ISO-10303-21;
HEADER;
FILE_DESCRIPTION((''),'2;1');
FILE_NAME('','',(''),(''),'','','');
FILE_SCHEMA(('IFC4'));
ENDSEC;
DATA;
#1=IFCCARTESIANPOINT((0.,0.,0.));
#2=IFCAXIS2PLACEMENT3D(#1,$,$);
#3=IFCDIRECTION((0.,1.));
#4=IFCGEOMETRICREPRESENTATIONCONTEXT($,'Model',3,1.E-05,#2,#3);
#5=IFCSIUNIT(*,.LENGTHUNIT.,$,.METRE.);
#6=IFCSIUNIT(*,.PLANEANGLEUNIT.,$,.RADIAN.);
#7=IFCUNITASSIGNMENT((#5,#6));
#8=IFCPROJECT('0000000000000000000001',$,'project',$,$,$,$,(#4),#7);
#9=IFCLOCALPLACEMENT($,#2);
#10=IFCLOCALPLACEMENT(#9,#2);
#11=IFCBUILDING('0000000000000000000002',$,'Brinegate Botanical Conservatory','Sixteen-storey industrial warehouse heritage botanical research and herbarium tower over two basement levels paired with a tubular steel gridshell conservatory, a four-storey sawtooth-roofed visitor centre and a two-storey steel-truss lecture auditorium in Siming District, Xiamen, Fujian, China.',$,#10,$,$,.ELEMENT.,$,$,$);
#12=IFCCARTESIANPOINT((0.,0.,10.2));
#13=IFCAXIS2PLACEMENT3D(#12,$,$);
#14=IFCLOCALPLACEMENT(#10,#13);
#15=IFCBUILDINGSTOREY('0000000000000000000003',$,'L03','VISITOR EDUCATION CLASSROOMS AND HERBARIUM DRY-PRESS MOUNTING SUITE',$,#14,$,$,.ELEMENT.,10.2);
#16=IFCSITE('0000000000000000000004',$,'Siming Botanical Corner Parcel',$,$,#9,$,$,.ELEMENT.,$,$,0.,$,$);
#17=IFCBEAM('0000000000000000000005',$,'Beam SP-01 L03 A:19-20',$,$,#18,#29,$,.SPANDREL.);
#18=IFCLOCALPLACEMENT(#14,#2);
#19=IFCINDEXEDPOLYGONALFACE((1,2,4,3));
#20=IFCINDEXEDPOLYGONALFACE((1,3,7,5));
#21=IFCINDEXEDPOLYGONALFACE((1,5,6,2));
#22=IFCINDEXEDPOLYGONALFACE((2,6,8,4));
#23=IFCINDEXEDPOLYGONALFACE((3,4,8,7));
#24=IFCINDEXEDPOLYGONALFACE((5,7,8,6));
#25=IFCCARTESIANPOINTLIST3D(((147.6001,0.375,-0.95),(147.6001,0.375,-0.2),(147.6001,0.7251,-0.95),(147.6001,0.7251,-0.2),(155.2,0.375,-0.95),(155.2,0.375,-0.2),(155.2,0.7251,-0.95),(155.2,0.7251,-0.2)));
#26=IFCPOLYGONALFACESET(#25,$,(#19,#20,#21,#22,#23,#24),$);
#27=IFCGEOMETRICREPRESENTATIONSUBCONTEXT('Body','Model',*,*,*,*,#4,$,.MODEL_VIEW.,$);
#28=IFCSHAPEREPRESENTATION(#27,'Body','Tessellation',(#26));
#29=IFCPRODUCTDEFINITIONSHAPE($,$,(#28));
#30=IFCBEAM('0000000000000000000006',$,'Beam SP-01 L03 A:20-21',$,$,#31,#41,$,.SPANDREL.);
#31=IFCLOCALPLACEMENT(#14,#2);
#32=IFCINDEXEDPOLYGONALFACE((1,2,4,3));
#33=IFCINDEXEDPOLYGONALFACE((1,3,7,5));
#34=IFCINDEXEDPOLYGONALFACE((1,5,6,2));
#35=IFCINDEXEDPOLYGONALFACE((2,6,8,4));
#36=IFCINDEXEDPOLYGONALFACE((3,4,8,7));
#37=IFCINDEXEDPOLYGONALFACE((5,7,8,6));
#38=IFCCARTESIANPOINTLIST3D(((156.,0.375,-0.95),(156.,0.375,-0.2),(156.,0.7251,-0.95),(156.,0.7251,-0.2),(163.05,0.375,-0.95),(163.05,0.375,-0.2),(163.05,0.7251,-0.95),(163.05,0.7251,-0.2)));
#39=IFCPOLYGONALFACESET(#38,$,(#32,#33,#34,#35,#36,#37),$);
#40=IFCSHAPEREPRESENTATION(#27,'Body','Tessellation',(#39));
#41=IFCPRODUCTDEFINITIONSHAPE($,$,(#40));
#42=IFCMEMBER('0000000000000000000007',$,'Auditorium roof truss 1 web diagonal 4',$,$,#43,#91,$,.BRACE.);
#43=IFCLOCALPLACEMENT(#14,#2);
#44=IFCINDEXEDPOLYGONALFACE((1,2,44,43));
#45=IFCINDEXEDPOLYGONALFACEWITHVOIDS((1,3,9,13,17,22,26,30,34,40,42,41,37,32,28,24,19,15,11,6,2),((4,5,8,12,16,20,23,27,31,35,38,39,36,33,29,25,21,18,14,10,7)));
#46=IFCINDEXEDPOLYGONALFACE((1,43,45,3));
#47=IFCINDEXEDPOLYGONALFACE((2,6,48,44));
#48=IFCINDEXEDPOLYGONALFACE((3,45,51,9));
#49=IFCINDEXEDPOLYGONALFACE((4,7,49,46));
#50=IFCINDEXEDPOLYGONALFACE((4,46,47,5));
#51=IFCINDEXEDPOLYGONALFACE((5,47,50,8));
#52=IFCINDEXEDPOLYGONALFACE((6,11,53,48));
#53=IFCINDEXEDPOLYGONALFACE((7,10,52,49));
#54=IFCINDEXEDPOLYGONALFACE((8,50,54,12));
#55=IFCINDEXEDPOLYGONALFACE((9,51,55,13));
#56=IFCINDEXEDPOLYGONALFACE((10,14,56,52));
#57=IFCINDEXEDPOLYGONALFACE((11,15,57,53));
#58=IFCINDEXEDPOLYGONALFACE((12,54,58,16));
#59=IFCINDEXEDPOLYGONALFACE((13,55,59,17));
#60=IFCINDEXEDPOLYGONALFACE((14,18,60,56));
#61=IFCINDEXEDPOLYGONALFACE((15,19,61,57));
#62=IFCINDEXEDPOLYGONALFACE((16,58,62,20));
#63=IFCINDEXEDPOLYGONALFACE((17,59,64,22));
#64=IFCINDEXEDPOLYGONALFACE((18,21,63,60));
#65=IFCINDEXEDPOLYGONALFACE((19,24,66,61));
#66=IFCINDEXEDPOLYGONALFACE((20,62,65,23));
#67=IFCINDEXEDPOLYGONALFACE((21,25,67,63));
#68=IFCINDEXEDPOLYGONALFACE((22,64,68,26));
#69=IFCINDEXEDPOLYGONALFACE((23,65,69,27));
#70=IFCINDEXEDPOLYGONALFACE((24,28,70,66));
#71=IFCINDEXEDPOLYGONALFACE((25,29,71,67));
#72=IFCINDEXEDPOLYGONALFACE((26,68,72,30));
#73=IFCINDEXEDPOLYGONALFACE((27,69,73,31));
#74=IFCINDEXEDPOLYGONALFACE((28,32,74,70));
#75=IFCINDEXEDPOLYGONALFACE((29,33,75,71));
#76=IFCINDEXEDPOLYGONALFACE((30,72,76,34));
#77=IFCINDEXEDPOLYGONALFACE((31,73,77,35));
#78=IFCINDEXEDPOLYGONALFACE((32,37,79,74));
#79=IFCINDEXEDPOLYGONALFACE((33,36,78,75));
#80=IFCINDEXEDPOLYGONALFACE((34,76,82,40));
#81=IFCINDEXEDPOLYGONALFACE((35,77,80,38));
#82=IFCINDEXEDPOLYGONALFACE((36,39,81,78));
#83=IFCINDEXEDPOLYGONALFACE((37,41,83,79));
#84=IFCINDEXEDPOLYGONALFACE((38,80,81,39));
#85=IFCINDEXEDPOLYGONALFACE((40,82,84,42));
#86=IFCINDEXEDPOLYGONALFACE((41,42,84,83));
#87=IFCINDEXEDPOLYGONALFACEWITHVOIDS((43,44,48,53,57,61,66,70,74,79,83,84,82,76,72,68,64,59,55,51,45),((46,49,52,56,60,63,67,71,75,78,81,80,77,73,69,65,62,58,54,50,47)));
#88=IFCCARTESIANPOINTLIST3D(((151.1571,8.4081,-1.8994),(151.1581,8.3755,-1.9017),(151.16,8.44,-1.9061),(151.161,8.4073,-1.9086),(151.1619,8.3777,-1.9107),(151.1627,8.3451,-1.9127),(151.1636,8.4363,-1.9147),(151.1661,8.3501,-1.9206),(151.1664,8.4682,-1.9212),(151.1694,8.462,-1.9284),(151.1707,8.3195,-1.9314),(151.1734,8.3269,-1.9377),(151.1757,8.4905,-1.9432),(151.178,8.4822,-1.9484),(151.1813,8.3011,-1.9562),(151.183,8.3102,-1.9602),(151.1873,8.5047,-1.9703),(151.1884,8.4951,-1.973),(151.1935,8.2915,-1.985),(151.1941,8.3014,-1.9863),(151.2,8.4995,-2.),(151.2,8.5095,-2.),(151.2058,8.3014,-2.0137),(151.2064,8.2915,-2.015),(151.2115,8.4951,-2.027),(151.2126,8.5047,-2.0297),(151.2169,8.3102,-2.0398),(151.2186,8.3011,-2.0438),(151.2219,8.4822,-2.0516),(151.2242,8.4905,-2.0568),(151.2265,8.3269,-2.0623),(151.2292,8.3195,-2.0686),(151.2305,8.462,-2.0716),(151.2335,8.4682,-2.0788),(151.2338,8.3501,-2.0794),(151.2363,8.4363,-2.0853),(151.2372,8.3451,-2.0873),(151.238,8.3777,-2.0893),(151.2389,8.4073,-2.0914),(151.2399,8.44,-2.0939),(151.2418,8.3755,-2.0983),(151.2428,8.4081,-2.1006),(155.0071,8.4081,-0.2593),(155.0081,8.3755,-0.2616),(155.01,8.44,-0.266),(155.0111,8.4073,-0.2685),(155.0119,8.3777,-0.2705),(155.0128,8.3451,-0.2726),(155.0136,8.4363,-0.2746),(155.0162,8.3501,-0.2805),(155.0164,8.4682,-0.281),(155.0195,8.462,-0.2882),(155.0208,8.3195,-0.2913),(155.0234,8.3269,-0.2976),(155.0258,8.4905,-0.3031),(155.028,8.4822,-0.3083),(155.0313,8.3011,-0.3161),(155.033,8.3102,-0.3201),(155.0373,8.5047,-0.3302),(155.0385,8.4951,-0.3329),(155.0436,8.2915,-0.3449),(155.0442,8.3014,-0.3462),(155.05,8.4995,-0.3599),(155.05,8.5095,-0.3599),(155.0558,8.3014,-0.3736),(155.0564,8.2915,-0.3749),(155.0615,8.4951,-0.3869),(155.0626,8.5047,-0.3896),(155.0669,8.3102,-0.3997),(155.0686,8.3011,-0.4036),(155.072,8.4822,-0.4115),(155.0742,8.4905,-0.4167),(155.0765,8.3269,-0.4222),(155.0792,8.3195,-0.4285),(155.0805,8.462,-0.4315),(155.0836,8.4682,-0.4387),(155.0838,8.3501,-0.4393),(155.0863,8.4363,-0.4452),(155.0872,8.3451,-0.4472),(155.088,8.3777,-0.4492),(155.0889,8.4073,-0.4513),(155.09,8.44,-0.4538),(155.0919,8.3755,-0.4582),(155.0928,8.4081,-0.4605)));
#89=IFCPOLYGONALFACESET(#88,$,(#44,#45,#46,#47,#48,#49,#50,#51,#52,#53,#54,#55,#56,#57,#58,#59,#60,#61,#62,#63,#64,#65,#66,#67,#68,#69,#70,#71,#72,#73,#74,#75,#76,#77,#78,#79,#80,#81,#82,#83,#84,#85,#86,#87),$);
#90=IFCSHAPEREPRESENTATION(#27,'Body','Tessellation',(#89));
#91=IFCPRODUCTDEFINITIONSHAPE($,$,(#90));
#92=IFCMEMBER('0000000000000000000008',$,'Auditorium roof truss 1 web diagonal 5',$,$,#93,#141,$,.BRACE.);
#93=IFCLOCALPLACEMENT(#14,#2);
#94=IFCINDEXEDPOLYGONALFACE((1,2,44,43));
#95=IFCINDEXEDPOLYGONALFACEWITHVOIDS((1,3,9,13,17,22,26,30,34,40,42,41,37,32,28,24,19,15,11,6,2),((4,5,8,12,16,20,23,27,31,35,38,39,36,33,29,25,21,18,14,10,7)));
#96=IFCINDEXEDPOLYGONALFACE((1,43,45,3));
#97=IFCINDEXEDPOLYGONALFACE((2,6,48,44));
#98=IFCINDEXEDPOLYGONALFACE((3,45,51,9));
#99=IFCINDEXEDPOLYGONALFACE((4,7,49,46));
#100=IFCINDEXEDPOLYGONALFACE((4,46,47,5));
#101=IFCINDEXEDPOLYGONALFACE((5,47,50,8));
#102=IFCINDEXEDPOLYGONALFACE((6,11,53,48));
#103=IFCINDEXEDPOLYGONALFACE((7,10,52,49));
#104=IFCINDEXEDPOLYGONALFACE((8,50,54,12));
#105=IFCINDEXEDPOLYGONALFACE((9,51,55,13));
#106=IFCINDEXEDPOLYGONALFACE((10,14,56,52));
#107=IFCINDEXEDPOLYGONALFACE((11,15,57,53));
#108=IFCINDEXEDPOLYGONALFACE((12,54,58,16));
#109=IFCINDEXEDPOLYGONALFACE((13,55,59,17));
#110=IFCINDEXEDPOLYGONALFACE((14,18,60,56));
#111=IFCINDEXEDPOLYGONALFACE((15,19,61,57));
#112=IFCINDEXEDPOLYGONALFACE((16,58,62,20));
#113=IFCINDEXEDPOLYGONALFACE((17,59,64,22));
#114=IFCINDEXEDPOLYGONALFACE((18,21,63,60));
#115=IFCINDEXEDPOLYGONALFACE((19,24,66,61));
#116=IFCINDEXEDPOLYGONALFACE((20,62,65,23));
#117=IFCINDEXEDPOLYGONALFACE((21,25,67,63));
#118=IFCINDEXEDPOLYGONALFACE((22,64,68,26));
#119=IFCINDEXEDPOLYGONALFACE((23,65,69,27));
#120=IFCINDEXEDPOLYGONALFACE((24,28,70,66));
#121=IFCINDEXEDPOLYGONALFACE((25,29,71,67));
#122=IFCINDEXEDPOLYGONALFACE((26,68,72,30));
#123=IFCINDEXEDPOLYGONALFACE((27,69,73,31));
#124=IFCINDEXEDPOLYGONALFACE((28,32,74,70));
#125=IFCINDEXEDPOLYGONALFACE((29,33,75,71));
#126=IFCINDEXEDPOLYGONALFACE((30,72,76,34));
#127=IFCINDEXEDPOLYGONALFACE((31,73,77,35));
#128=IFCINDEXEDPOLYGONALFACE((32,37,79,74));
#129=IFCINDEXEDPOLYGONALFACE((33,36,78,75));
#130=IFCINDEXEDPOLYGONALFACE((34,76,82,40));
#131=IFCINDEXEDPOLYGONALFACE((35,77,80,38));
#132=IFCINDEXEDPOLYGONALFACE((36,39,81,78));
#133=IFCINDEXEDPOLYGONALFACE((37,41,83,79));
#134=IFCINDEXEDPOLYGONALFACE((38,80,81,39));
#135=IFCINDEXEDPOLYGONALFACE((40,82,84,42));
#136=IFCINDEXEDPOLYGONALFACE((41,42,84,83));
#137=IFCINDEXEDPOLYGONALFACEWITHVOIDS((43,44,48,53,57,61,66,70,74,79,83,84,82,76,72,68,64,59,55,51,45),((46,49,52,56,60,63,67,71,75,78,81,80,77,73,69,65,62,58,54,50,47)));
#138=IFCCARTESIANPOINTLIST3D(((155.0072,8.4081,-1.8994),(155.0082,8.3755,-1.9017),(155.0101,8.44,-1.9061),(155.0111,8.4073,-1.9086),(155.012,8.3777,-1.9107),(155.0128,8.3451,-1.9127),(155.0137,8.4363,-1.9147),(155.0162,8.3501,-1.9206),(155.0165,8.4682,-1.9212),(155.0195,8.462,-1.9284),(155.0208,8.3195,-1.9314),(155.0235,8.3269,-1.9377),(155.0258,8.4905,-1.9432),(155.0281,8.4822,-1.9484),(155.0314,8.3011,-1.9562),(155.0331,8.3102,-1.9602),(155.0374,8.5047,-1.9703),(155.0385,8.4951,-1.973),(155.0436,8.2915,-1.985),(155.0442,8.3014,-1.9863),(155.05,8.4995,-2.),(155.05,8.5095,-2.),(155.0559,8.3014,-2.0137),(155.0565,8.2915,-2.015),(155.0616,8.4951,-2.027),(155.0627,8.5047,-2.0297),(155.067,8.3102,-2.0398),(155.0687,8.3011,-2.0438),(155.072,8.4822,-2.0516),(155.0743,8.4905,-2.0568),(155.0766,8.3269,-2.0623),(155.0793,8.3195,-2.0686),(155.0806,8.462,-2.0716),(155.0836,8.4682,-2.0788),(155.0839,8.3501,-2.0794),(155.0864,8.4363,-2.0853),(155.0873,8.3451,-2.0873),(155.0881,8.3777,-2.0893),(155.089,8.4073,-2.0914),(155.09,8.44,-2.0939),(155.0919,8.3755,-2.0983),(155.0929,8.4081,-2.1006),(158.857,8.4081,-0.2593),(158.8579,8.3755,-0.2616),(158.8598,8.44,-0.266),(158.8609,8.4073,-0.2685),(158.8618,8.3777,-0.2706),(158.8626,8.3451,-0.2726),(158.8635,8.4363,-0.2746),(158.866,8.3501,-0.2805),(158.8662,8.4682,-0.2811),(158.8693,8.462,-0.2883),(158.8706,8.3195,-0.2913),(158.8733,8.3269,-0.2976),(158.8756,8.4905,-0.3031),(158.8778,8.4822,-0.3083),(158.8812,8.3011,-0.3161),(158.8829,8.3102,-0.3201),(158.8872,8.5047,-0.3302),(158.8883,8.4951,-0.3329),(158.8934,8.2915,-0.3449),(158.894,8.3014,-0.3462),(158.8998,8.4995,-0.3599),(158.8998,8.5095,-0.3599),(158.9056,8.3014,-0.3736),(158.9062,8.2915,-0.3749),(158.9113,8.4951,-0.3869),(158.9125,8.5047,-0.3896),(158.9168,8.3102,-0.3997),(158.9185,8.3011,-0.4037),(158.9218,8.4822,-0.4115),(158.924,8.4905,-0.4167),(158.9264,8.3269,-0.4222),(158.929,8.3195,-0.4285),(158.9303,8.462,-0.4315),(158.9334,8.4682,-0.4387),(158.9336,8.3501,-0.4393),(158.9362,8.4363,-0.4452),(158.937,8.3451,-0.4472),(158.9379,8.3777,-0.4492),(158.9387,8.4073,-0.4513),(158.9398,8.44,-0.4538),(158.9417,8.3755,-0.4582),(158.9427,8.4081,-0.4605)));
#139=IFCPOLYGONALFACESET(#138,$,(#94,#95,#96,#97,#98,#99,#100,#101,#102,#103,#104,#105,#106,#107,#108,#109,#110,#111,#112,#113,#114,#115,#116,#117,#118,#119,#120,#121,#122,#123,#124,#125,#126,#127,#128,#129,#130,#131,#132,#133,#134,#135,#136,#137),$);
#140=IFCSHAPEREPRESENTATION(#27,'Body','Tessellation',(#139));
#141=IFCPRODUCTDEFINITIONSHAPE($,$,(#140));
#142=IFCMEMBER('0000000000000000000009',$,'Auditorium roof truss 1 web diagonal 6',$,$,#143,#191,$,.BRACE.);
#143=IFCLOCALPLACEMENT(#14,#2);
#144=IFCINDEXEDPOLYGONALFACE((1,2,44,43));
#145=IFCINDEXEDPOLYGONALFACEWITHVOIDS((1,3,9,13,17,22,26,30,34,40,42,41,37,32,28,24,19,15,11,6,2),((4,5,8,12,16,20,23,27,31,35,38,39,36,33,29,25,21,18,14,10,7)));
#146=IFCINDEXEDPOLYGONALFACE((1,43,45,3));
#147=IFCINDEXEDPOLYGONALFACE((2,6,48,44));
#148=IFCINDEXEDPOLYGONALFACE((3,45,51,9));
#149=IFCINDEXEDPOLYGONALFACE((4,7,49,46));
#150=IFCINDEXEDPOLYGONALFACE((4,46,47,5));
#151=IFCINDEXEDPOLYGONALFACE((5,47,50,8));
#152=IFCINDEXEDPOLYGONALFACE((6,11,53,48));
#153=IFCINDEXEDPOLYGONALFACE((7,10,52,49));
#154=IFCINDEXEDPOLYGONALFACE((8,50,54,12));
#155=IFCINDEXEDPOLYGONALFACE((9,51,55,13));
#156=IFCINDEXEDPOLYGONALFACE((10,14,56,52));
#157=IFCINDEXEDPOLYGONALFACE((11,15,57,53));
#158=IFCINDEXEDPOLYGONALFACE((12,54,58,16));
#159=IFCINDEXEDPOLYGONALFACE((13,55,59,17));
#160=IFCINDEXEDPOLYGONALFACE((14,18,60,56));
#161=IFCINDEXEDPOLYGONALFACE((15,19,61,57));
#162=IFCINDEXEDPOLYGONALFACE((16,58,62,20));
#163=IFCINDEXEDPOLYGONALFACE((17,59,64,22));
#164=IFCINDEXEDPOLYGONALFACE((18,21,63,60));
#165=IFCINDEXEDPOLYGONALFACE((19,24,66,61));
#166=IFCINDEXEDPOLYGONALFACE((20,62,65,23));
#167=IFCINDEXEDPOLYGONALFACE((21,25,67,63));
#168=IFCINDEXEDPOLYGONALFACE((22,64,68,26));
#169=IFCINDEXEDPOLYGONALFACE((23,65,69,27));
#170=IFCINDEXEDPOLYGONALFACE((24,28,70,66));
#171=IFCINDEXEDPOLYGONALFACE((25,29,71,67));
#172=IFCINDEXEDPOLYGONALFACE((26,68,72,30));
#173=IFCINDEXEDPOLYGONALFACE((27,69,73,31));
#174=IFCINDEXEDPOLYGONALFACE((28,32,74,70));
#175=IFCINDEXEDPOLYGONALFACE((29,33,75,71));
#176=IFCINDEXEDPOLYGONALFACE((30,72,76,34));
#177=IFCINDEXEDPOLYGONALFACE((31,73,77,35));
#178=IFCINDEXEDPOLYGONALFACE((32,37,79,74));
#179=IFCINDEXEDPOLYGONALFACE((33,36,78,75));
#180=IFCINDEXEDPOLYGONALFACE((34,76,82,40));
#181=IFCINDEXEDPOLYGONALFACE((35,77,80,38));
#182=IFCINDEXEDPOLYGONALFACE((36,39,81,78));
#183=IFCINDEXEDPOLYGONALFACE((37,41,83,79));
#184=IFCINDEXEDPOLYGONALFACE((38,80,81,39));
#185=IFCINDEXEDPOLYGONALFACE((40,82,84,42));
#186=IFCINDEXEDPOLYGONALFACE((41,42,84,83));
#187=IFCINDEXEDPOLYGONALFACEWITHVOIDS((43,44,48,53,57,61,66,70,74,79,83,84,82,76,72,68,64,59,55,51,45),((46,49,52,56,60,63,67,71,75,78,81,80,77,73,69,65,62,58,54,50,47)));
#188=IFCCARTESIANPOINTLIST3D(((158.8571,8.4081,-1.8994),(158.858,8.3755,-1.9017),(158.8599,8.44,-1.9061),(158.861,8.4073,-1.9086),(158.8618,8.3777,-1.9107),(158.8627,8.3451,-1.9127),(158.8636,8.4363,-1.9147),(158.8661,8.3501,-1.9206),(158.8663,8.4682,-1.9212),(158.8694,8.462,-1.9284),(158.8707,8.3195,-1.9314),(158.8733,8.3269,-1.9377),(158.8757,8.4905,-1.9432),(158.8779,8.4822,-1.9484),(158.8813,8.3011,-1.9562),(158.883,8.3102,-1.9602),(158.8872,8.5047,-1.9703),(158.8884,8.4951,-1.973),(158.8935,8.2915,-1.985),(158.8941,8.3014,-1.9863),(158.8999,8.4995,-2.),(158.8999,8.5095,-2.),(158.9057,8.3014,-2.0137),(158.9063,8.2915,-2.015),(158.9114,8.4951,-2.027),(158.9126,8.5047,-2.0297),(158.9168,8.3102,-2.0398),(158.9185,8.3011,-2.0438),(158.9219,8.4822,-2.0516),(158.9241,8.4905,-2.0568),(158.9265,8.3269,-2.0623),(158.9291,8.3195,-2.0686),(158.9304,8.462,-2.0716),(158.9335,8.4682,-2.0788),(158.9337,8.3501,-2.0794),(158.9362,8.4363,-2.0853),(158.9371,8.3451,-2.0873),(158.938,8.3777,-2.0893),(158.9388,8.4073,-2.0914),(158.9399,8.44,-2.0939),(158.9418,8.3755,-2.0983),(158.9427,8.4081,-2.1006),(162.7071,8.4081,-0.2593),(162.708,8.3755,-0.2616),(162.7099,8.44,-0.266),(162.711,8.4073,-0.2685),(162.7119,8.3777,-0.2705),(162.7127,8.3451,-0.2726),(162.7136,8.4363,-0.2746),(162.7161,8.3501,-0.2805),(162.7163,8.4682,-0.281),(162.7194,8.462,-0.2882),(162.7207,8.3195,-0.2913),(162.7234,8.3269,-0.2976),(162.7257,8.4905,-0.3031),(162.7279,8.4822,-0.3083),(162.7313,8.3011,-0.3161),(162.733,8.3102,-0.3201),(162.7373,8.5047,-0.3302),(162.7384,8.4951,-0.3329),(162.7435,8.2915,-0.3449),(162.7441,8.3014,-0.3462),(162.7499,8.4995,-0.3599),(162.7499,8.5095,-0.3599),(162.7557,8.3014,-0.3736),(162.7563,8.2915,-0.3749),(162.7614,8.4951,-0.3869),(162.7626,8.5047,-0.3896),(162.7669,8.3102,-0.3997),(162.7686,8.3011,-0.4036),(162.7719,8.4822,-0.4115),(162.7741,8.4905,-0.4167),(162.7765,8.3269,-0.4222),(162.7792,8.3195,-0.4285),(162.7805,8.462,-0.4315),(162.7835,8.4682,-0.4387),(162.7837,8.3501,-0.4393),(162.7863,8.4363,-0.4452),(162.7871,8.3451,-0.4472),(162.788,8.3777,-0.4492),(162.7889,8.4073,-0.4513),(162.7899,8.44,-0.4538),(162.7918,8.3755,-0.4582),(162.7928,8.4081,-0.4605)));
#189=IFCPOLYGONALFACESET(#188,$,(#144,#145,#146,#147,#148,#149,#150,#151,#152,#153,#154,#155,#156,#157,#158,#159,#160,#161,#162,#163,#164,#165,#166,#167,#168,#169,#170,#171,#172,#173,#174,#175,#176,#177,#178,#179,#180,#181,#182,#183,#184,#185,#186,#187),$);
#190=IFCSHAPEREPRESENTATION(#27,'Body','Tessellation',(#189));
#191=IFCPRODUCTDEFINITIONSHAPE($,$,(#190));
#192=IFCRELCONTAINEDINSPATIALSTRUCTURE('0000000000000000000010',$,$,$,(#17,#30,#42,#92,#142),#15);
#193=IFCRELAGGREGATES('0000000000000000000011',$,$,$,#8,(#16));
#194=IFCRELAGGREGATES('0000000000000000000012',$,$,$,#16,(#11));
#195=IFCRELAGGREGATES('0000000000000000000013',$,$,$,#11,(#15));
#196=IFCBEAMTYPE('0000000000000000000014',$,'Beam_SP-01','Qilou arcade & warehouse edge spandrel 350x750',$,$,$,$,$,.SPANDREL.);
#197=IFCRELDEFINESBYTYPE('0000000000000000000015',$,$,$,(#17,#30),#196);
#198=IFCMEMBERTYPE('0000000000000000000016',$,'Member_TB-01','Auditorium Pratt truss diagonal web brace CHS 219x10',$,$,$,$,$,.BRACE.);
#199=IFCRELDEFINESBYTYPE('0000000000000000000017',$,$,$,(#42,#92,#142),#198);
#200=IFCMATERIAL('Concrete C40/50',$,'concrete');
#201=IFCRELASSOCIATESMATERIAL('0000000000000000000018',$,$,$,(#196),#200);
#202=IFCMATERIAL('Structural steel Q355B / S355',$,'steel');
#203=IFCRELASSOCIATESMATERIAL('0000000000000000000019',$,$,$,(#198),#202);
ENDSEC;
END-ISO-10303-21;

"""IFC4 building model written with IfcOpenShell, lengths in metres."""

from ifc_helpers import new_model, si_unit, direction, frame, origin, origin_2d, place, context, subcontext, project, spatial, rectangle, hollow_circle, extrude, material, material_profile, profile_set, type_object, element, save


model = new_model("IFC4")

# Units and contexts
model_context = context("Model", 3, precision=1e-05, world=origin(), true_north=direction((0.0, 1.0)))
body_context = subcontext(model_context, "Body", "Model", "MODEL_VIEW")
ifc_project = project(units=[si_unit("LENGTHUNIT", "METRE"), si_unit("PLANEANGLEUNIT", "RADIAN")], contexts=[model_context])

# Site, building, storey
site_placement = place(None, origin())
site = spatial("IfcSite", under=ifc_project, at=site_placement, Name="Siming Botanical Corner Parcel", CompositionType="ELEMENT", RefElevation=0.0)
building_placement = place(site_placement, origin())
building = spatial("IfcBuilding", under=site, at=building_placement, Name="Brinegate Botanical Conservatory", Description="Sixteen-storey industrial warehouse heritage botanical research and herbarium tower over two basement levels paired with a tubular steel gridshell conservatory, a four-storey sawtooth-roofed visitor centre and a two-storey steel-truss lecture auditorium in Siming District, Xiamen, Fujian, China.", CompositionType="ELEMENT")
storey_placement = place(building_placement, frame((0.0, 0.0, 10.2)))
storey = spatial("IfcBuildingStorey", under=building, at=storey_placement, Name="L03", Description="VISITOR EDUCATION CLASSROOMS AND HERBARIUM DRY-PRESS MOUNTING SUITE", CompositionType="ELEMENT", Elevation=10.2)

# Beams
ifc_material_1 = material(Name="Concrete C40/50", Category="concrete")
ifc_material_profile_1 = material_profile(ifc_material_1, rectangle(XDim=0.3501, YDim=0.75, at=origin_2d()), Name="RC SPN 350x750")
ifc_profile_set_1 = profile_set([ifc_material_profile_1], Name="Concrete C40/50")
beam_type = type_object("IfcBeamType", Name="Beam_SP-01", Description="Qilou arcade & warehouse edge spandrel 350x750", PredefinedType="SPANDREL", material=ifc_profile_set_1)
beam_1_placement = place(storey_placement, frame((147.6001, 0.55, -0.575), z_axis=(1.0, 0.0, 0.0), x_axis=(0.0, 1.0, 0.0)))
element("IfcBeam", 1, at=beam_1_placement, inside=storey, type_object=beam_type, Name="Beam SP-01 L03 A:19-20", PredefinedType="SPANDREL", context=body_context, shape_type="SweptSolid", body=[
    extrude(rectangle(XDim=0.3501, YDim=0.75, at=origin_2d()), origin(), (0.0, 0.0, 1.0), 7.5999),
])
beam_2_placement = place(storey_placement, frame((156.0, 0.55, -0.575), z_axis=(1.0, 0.0, 0.0), x_axis=(0.0, 1.0, 0.0)))
element("IfcBeam", 2, at=beam_2_placement, inside=storey, type_object=beam_type, Name="Beam SP-01 L03 A:20-21", PredefinedType="SPANDREL", context=body_context, shape_type="SweptSolid", body=[
    extrude(rectangle(XDim=0.3501, YDim=0.75, at=origin_2d()), origin(), (0.0, 0.0, 1.0), 7.05),
])

# Members
ifc_material_2 = material(Name="Structural steel Q355B / S355", Category="steel")
ifc_material_profile_2 = material_profile(ifc_material_2, hollow_circle(Radius=0.1096, WallThickness=0.01, at=origin_2d()), Name="CHS 219x10")
ifc_profile_set_2 = profile_set([ifc_material_profile_2], Name="Structural steel Q355B / S355")
member_type_1 = type_object("IfcMemberType", Name="Member_TB-01", Description="Auditorium Pratt truss diagonal web brace CHS 219x10", PredefinedType="BRACE", material=ifc_profile_set_2)
member_1_placement = place(storey_placement, frame((151.2, 8.3999, -2.0), z_axis=(0.92, 0.0, 0.391919), x_axis=(0.0, 1.0, 0.0)))
element("IfcMember", 3, at=member_1_placement, inside=storey, type_object=member_type_1, Name="Auditorium roof truss 1 web diagonal 4", PredefinedType="BRACE", context=body_context, shape_type="SweptSolid", body=[
    extrude(hollow_circle(Radius=0.1096, WallThickness=0.01, at=origin_2d()), origin(), (0.0, 0.0, 1.0), 4.1848),
])
member_2_placement = place(storey_placement, frame((155.05, 8.3999, -2.0), z_axis=(0.919991, 0.0, 0.39194), x_axis=(0.0, 1.0, 0.0)))
element("IfcMember", 4, at=member_2_placement, inside=storey, type_object=member_type_1, Name="Auditorium roof truss 1 web diagonal 5", PredefinedType="BRACE", context=body_context, shape_type="SweptSolid", body=[
    extrude(hollow_circle(Radius=0.1096, WallThickness=0.01, at=origin_2d()), origin(), (0.0, 0.0, 1.0), 4.1846),
])
member_3_placement = place(storey_placement, frame((158.8999, 8.3999, -2.0), z_axis=(0.92, 0.0, 0.391919), x_axis=(0.0, 1.0, 0.0)))
element("IfcMember", 5, at=member_3_placement, inside=storey, type_object=member_type_1, Name="Auditorium roof truss 1 web diagonal 6", PredefinedType="BRACE", context=body_context, shape_type="SweptSolid", body=[
    extrude(hollow_circle(Radius=0.1096, WallThickness=0.01, at=origin_2d()), origin(), (0.0, 0.0, 1.0), 4.1848),
])

save(model, "model.ifc")
